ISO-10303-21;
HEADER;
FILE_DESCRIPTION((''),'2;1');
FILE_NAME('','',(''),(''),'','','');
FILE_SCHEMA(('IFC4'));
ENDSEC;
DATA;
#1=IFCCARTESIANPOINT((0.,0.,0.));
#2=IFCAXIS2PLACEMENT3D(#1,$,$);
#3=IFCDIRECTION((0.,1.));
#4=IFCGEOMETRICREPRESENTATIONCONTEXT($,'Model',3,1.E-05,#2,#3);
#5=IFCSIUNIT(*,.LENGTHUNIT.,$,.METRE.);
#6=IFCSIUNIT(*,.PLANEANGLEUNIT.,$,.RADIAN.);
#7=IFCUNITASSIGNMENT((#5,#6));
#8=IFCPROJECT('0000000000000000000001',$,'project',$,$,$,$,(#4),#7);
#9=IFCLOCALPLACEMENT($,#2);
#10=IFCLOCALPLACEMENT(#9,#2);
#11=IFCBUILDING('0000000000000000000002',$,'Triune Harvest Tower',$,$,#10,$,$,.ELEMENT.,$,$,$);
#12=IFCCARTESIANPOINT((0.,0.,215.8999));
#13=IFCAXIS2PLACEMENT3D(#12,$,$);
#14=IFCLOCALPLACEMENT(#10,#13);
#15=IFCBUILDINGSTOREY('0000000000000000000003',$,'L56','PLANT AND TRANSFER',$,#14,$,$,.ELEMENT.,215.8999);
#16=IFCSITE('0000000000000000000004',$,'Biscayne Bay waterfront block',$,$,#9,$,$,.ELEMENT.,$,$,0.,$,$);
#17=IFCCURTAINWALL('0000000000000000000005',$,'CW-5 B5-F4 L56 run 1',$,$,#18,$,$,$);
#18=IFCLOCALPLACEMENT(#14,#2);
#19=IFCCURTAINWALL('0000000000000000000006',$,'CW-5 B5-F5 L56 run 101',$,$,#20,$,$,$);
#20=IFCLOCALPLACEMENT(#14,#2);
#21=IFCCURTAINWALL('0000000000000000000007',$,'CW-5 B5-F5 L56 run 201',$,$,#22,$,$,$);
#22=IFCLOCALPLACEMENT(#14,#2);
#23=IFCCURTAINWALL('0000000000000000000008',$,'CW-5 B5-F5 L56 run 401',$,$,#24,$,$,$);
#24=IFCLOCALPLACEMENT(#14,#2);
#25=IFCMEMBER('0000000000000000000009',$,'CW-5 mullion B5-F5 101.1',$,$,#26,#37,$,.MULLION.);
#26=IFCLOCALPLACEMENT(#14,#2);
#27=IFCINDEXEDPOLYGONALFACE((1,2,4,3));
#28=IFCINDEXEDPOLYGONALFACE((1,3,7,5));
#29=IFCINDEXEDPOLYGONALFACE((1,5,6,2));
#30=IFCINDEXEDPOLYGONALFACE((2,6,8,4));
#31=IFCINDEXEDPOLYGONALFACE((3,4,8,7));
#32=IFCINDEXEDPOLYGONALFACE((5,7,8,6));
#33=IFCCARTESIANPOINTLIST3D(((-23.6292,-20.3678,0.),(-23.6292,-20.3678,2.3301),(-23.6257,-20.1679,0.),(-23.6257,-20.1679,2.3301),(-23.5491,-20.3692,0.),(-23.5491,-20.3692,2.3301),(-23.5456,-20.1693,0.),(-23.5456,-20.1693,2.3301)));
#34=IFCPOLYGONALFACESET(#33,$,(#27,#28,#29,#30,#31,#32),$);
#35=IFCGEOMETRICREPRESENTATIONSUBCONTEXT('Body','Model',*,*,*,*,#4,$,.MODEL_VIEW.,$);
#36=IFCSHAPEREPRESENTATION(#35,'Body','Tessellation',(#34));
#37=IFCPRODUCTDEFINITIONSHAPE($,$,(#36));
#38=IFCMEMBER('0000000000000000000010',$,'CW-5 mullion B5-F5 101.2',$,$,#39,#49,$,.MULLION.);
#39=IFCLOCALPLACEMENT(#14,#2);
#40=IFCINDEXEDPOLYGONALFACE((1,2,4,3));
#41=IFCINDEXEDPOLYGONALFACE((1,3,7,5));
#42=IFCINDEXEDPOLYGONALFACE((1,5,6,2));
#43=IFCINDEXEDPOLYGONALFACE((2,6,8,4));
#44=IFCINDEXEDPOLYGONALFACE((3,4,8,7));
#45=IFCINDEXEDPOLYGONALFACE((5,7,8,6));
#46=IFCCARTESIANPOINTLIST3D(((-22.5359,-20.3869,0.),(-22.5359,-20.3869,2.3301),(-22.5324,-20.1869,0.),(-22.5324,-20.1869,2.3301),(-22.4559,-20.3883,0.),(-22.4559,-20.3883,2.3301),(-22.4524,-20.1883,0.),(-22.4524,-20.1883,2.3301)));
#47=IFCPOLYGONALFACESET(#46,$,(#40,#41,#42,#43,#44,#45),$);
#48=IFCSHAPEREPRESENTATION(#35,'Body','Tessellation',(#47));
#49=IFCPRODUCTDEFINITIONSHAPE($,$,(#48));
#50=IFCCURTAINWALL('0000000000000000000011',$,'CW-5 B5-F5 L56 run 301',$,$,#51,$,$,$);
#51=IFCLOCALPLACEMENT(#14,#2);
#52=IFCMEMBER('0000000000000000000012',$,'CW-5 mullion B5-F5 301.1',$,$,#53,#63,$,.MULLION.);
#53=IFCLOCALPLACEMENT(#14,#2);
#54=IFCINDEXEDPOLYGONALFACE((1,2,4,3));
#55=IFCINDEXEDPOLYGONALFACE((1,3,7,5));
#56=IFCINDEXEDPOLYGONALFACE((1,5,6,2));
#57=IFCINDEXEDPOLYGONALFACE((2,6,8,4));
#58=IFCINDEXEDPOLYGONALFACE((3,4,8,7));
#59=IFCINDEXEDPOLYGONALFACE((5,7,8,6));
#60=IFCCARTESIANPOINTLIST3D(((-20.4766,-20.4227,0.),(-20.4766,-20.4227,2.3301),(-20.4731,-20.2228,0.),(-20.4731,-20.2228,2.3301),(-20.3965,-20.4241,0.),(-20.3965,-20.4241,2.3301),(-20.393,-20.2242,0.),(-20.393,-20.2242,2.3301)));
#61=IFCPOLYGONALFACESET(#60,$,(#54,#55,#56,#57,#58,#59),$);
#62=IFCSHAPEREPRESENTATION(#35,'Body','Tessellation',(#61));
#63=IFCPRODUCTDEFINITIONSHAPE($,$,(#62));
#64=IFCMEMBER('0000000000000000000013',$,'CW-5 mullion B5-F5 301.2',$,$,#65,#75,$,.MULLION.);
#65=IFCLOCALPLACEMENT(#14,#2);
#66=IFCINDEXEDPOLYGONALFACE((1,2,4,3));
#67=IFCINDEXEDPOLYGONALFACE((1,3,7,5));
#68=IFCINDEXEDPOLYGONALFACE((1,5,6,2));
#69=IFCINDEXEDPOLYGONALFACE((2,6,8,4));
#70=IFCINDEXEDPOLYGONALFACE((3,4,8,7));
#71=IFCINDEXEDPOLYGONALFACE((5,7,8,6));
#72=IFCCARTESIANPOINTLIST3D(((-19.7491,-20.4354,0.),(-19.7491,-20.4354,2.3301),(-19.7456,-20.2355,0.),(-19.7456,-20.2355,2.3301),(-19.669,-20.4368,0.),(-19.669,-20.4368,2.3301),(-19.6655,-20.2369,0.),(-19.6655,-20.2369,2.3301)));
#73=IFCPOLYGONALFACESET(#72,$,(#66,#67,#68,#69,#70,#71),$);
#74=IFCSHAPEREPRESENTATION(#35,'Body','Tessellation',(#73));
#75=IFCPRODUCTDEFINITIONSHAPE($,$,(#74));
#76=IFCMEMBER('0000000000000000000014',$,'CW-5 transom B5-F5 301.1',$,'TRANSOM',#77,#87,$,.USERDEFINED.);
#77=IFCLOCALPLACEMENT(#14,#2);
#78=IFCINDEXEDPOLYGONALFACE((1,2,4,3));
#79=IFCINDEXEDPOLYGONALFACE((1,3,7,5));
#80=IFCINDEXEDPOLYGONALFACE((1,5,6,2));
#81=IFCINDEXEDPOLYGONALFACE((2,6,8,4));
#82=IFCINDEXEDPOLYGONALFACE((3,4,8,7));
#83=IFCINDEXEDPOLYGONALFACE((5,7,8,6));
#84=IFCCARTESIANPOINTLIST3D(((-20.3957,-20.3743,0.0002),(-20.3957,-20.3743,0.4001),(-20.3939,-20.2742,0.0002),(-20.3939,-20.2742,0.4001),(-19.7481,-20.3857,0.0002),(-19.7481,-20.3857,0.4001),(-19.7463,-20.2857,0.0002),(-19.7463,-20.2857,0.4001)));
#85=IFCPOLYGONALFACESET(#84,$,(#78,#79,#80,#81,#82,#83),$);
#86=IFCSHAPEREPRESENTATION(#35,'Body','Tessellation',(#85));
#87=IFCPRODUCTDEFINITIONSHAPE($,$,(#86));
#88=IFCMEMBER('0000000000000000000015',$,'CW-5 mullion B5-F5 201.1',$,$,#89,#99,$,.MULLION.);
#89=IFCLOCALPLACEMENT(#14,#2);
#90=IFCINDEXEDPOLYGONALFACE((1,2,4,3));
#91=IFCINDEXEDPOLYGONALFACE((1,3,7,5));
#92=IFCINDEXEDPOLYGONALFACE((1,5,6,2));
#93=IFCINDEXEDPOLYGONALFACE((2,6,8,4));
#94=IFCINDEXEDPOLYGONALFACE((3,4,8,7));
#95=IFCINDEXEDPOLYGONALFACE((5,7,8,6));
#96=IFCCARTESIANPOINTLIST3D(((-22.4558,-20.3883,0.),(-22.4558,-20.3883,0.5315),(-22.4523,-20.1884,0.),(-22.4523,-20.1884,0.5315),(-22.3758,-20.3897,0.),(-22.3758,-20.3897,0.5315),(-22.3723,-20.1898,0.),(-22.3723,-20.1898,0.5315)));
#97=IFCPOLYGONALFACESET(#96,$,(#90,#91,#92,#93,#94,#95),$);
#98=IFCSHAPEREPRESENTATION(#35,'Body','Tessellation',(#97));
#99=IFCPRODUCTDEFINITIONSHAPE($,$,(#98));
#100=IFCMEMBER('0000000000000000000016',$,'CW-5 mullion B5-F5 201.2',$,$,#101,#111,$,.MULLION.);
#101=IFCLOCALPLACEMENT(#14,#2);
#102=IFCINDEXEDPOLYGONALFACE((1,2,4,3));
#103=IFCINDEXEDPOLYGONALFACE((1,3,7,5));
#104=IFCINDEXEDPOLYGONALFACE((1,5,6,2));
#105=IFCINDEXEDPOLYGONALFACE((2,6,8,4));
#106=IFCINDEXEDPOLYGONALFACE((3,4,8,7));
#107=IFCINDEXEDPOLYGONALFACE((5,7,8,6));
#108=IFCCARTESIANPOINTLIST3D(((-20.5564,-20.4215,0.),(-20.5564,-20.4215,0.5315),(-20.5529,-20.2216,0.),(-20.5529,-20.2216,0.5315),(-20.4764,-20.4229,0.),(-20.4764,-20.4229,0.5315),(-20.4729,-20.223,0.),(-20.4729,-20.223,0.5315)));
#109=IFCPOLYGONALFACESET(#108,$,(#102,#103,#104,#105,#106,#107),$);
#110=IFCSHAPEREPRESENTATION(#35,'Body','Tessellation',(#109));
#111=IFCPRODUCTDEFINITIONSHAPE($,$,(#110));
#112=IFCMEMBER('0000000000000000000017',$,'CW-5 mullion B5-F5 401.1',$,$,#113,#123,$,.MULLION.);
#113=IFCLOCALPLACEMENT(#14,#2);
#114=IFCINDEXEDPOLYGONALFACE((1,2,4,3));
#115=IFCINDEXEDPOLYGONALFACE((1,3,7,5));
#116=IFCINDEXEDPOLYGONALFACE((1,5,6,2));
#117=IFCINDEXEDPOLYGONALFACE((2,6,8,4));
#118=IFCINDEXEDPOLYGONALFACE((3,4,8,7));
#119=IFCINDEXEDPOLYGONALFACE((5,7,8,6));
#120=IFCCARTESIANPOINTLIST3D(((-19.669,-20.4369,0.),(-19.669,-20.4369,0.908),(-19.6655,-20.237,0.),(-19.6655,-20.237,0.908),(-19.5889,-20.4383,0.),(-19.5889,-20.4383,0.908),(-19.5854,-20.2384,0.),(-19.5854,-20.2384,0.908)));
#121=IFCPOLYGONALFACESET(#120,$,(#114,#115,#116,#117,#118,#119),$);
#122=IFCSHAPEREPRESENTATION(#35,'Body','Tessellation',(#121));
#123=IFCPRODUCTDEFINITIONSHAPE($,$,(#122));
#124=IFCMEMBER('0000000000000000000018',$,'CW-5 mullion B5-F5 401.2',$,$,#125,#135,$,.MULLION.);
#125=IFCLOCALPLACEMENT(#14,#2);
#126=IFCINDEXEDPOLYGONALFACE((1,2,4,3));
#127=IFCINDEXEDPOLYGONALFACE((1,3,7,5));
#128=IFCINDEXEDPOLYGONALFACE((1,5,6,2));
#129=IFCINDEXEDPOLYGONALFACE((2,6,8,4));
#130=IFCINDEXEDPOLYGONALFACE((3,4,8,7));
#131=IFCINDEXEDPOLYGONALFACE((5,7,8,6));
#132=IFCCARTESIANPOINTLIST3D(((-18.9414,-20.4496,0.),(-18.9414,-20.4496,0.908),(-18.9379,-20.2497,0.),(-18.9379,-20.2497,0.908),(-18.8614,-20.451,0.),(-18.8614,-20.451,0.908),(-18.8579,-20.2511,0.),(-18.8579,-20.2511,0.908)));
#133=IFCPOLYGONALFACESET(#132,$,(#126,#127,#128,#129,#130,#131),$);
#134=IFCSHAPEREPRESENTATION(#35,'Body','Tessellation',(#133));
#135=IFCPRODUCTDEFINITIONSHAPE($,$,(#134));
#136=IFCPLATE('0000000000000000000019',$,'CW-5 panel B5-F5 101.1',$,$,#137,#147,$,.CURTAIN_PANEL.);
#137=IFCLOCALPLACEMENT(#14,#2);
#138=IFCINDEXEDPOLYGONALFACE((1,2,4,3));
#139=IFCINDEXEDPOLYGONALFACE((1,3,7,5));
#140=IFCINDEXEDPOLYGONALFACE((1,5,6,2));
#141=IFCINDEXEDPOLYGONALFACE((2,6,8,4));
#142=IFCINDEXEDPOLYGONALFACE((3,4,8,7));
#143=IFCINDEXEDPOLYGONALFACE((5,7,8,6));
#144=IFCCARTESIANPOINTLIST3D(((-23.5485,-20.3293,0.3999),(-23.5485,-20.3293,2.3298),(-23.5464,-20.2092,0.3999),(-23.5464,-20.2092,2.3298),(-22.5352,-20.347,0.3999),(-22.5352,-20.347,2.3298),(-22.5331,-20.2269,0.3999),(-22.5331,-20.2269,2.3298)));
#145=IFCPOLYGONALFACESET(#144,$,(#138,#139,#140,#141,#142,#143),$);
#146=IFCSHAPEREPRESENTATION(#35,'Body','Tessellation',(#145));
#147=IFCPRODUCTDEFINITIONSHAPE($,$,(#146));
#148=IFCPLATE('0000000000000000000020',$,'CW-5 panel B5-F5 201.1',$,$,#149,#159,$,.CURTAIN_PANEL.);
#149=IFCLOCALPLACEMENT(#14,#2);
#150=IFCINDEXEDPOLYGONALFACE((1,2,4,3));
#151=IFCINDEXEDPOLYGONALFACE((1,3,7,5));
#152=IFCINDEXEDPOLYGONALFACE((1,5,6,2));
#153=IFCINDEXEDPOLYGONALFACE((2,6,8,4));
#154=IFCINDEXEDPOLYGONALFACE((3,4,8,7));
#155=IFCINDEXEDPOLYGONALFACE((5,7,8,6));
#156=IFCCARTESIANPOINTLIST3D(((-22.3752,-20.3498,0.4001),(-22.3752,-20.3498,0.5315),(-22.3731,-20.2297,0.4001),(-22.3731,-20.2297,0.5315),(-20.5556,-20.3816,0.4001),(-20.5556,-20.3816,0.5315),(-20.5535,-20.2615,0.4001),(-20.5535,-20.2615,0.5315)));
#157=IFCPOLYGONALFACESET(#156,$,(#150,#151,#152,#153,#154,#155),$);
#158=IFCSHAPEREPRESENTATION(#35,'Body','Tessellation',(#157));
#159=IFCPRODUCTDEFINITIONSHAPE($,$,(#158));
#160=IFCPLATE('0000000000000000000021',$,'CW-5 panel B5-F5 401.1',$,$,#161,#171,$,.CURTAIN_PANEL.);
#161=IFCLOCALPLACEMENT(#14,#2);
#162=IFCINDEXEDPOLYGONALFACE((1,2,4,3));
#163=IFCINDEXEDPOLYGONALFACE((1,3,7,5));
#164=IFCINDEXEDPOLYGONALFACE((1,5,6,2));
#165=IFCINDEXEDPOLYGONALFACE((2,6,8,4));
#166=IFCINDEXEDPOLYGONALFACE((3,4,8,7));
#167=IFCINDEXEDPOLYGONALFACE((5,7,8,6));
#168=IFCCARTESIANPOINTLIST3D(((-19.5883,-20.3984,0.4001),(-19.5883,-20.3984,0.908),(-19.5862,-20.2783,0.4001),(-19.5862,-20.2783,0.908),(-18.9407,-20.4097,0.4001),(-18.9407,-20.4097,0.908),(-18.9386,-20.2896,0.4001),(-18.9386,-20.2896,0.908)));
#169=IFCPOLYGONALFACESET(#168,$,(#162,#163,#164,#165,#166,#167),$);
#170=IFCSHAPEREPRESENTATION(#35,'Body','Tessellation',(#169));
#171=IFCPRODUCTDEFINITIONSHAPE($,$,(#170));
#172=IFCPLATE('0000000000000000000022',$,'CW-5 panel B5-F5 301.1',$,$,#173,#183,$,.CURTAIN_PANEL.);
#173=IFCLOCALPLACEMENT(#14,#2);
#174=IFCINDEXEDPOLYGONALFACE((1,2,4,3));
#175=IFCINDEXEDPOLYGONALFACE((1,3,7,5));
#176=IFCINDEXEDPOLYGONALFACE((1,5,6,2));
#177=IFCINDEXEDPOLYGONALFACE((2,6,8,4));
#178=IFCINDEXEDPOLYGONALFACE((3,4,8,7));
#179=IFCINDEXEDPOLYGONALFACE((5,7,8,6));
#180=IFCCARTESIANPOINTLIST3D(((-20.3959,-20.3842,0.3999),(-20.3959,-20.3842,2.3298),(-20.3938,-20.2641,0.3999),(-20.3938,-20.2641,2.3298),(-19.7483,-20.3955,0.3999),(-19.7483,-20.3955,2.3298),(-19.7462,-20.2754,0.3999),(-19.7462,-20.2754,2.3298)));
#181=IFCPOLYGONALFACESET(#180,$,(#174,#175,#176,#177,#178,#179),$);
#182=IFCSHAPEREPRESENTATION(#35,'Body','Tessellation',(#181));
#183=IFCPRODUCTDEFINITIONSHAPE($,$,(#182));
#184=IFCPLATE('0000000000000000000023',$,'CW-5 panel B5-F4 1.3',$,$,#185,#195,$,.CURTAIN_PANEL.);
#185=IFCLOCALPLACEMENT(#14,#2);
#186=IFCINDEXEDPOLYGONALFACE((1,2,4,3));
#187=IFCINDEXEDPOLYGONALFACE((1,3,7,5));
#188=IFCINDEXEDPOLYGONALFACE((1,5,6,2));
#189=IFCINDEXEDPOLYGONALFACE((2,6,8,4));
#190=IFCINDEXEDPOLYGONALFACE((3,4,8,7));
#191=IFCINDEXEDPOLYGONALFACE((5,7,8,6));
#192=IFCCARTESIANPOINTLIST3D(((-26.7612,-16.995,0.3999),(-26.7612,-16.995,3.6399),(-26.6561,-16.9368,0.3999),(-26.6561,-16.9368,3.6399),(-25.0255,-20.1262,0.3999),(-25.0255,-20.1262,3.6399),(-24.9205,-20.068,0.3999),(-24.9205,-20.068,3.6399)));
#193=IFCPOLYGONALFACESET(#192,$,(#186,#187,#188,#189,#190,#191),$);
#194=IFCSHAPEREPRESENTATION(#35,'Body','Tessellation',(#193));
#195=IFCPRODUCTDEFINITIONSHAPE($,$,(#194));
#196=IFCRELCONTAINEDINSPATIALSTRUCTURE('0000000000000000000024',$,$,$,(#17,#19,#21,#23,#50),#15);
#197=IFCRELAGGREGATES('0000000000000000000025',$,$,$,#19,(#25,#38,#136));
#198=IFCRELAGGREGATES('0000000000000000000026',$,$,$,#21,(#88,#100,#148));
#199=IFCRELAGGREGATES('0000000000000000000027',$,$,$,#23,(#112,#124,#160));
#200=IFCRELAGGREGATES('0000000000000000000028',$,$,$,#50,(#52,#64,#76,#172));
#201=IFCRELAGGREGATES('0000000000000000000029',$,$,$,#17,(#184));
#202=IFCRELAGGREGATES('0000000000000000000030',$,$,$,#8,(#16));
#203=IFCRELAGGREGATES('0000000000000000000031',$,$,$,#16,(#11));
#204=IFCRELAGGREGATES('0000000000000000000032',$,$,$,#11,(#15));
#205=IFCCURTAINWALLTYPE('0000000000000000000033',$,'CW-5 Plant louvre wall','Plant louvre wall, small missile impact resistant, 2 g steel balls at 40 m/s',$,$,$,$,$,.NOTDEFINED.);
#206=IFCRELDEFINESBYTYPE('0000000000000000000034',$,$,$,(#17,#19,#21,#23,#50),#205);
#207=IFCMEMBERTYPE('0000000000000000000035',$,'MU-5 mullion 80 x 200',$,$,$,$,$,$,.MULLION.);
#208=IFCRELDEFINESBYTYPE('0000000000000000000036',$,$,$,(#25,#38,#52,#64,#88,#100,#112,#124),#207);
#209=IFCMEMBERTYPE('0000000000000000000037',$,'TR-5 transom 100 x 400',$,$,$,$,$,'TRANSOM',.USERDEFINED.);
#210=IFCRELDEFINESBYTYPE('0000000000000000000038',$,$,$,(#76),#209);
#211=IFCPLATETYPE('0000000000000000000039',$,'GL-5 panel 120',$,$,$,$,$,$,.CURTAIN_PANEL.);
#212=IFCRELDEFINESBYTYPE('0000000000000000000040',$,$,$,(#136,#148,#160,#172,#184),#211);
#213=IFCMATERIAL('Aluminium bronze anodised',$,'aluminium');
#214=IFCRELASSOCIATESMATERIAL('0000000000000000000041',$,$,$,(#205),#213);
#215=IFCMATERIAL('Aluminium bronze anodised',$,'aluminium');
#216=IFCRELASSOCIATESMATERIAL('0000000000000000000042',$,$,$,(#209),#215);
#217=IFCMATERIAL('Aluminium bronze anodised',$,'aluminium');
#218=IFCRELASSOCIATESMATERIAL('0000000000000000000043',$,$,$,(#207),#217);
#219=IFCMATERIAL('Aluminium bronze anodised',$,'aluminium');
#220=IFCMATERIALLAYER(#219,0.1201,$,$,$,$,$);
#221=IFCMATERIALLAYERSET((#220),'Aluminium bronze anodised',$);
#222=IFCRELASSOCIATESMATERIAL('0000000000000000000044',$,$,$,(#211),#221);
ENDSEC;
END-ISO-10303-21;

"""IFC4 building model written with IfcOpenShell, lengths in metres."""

from ifc_helpers import new_model, si_unit, direction, frame, origin, origin_2d, place, context, subcontext, project, spatial, rectangle, extrude, source, transform, mapped, material, layer, layer_set, material_profile, profile_set, type_object, element, aggregate, save


model = new_model("IFC4")

# Units and contexts
model_context = context("Model", 3, precision=1e-05, world=origin(), true_north=direction((0.0, 1.0)))
body_context = subcontext(model_context, "Body", "Model", "MODEL_VIEW")
ifc_project = project(units=[si_unit("LENGTHUNIT", "METRE"), si_unit("PLANEANGLEUNIT", "RADIAN")], contexts=[model_context])

# Site, building, storey
site_placement = place(None, origin())
site = spatial("IfcSite", under=ifc_project, at=site_placement, Name="Biscayne Bay waterfront block", CompositionType="ELEMENT", RefElevation=0.0)
building_placement = place(site_placement, origin())
building = spatial("IfcBuilding", under=site, at=building_placement, Name="Triune Harvest Tower", CompositionType="ELEMENT")
storey_placement = place(building_placement, frame((0.0, 0.0, 215.8999)))
storey = spatial("IfcBuildingStorey", under=building, at=storey_placement, Name="L56", Description="PLANT AND TRANSFER", CompositionType="ELEMENT", Elevation=215.8999)

# Curtain walls
ifc_material_1 = material(Name="Aluminium bronze anodised", Category="aluminium")
curtain_wall_type = type_object("IfcCurtainWallType", Name="CW-5 Plant louvre wall", Description="Plant louvre wall, small missile impact resistant, 2 g steel balls at 40 m/s", PredefinedType="NOTDEFINED", material=ifc_material_1)
curtain_wall_1_placement = place(storey_placement, origin())
curtain_wall_1 = element("IfcCurtainWall", 1, at=curtain_wall_1_placement, inside=storey, type_object=curtain_wall_type, Name="CW-5 B5-F4 L56 run 1")
ifc_material_2 = material(Name="Aluminium bronze anodised", Category="aluminium")
ifc_material_profile_1 = material_profile(ifc_material_2, rectangle(XDim=0.1001, YDim=0.3999, at=origin_2d()), Name="TR-5 transom 100 x 400")
ifc_profile_set_1 = profile_set([ifc_material_profile_1], Name="Aluminium bronze anodised")
member_type_1 = type_object("IfcMemberType", Name="TR-5 transom 100 x 400", ElementType="TRANSOM", PredefinedType="USERDEFINED", material=ifc_profile_set_1)
curtain_wall_2_placement = place(storey_placement, origin())
curtain_wall_2 = element("IfcCurtainWall", 2, at=curtain_wall_2_placement, inside=storey, type_object=curtain_wall_type, Name="CW-5 B5-F5 L56 run 101")
curtain_wall_3_placement = place(storey_placement, origin())
curtain_wall_3 = element("IfcCurtainWall", 3, at=curtain_wall_3_placement, inside=storey, type_object=curtain_wall_type, Name="CW-5 B5-F5 L56 run 201")
curtain_wall_4_placement = place(storey_placement, origin())
curtain_wall_4 = element("IfcCurtainWall", 4, at=curtain_wall_4_placement, inside=storey, type_object=curtain_wall_type, Name="CW-5 B5-F5 L56 run 401")

# Members
ifc_material_3 = material(Name="Aluminium bronze anodised", Category="aluminium")
ifc_material_profile_2 = material_profile(ifc_material_3, rectangle(XDim=0.2, YDim=0.0801, at=origin_2d()), Name="MU-5 mullion 80 x 200")
ifc_profile_set_2 = profile_set([ifc_material_profile_2], Name="Aluminium bronze anodised")
member_type_2 = type_object("IfcMemberType", Name="MU-5 mullion 80 x 200", PredefinedType="MULLION", material=ifc_profile_set_2)
shared_shape_1 = source(origin(), body_context, "Body", "SweptSolid", [
    extrude(rectangle(XDim=0.2, YDim=0.0801, at=origin_2d()), origin(), (0.0, 0.0, 1.0), 2.3301),
])
member_1_placement = place(storey_placement, frame((-23.5874, -20.2686, 0.0), z_axis=(0.0, 0.0, 1.0), x_axis=(0.017471, 0.999847, 0.0)))
member_1 = element("IfcMember", 5, at=member_1_placement, type_object=member_type_2, Name="CW-5 mullion B5-F5 101.1", PredefinedType="MULLION", context=body_context, shape_type="MappedRepresentation", body=[
    mapped(shared_shape_1, transform((0.0, 0.0, 0.0), scale=1.0)),
])
member_2_placement = place(storey_placement, frame((-22.4941, -20.2876, 0.0), z_axis=(0.0, 0.0, 1.0), x_axis=(0.017471, 0.999847, 0.0)))
member_2 = element("IfcMember", 6, at=member_2_placement, type_object=member_type_2, Name="CW-5 mullion B5-F5 101.2", PredefinedType="MULLION", context=body_context, shape_type="MappedRepresentation", body=[
    mapped(shared_shape_1, transform((0.0, 0.0, 0.0), scale=1.0)),
])

# Curtain wall, members
curtain_wall_5_placement = place(storey_placement, origin())
curtain_wall_5 = element("IfcCurtainWall", 7, at=curtain_wall_5_placement, inside=storey, type_object=curtain_wall_type, Name="CW-5 B5-F5 L56 run 301")
member_3_placement = place(storey_placement, frame((-20.4348, -20.3235, 0.0), z_axis=(0.0, 0.0, 1.0), x_axis=(0.017459, 0.999848, 0.0)))
member_3 = element("IfcMember", 8, at=member_3_placement, type_object=member_type_2, Name="CW-5 mullion B5-F5 301.1", PredefinedType="MULLION", context=body_context, shape_type="MappedRepresentation", body=[
    mapped(shared_shape_1, transform((0.0, 0.0, 0.0), scale=1.0)),
])
member_4_placement = place(storey_placement, frame((-19.7073, -20.3362, 0.0), z_axis=(0.0, 0.0, 1.0), x_axis=(0.017459, 0.999848, 0.0)))
member_4 = element("IfcMember", 9, at=member_4_placement, type_object=member_type_2, Name="CW-5 mullion B5-F5 301.2", PredefinedType="MULLION", context=body_context, shape_type="MappedRepresentation", body=[
    mapped(shared_shape_1, transform((0.0, 0.0, 0.0), scale=1.0)),
])
shared_shape_2 = source(origin(), body_context, "Body", "SweptSolid", [
    extrude(rectangle(XDim=0.1001, YDim=0.3999, at=origin_2d()), origin(), (0.0, 0.0, 1.0), 0.6477),
])
member_5_placement = place(storey_placement, frame((-20.3948, -20.3242, 0.2002), z_axis=(0.999843, -0.017713, 0.0), x_axis=(0.017713, 0.999843, 0.0)))
member_5 = element("IfcMember", 10, at=member_5_placement, type_object=member_type_1, Name="CW-5 transom B5-F5 301.1", ObjectType="TRANSOM", PredefinedType="USERDEFINED", context=body_context, shape_type="MappedRepresentation", body=[
    mapped(shared_shape_2, transform((0.0, 0.0, 0.0), scale=1.0)),
])

# Members
shared_shape_3 = source(origin(), body_context, "Body", "SweptSolid", [
    extrude(rectangle(XDim=0.2, YDim=0.0801, at=origin_2d()), origin(), (0.0, 0.0, 1.0), 0.5315),
])
member_6_placement = place(storey_placement, frame((-22.4141, -20.2891, 0.0), z_axis=(0.0, 0.0, 1.0), x_axis=(0.017477, 0.999847, 0.0)))
member_6 = element("IfcMember", 11, at=member_6_placement, type_object=member_type_2, Name="CW-5 mullion B5-F5 201.1", PredefinedType="MULLION", context=body_context, shape_type="MappedRepresentation", body=[
    mapped(shared_shape_3, transform((0.0, 0.0, 0.0), scale=1.0)),
])
member_7_placement = place(storey_placement, frame((-20.5146, -20.3223, 0.0), z_axis=(0.0, 0.0, 1.0), x_axis=(0.017477, 0.999847, 0.0)))
member_7 = element("IfcMember", 12, at=member_7_placement, type_object=member_type_2, Name="CW-5 mullion B5-F5 201.2", PredefinedType="MULLION", context=body_context, shape_type="MappedRepresentation", body=[
    mapped(shared_shape_3, transform((0.0, 0.0, 0.0), scale=1.0)),
])
shared_shape_4 = source(origin(), body_context, "Body", "SweptSolid", [
    extrude(rectangle(XDim=0.2, YDim=0.0801, at=origin_2d()), origin(), (0.0, 0.0, 1.0), 0.908),
])
member_8_placement = place(storey_placement, frame((-19.6272, -20.3376, 0.0), z_axis=(0.0, 0.0, 1.0), x_axis=(0.017459, 0.999848, 0.0)))
member_8 = element("IfcMember", 13, at=member_8_placement, type_object=member_type_2, Name="CW-5 mullion B5-F5 401.1", PredefinedType="MULLION", context=body_context, shape_type="MappedRepresentation", body=[
    mapped(shared_shape_4, transform((0.0, 0.0, 0.0), scale=1.0)),
])
member_9_placement = place(storey_placement, frame((-18.8997, -20.3503, 0.0), z_axis=(0.0, 0.0, 1.0), x_axis=(0.017459, 0.999848, 0.0)))
member_9 = element("IfcMember", 14, at=member_9_placement, type_object=member_type_2, Name="CW-5 mullion B5-F5 401.2", PredefinedType="MULLION", context=body_context, shape_type="MappedRepresentation", body=[
    mapped(shared_shape_4, transform((0.0, 0.0, 0.0), scale=1.0)),
])

# Plates
ifc_material_4 = material(Name="Aluminium bronze anodised", Category="aluminium")
ifc_layer_1 = layer(ifc_material_4, 0.1201)
ifc_layer_set_1 = layer_set([ifc_layer_1], Name="Aluminium bronze anodised")
plate_type = type_object("IfcPlateType", Name="GL-5 panel 120", PredefinedType="CURTAIN_PANEL", material=ifc_layer_set_1)
plate_1_placement = place(storey_placement, frame((-23.0408, -20.2781, 0.3999), z_axis=(0.0, 0.0, 1.0), x_axis=(0.999847, -0.017471, 0.0)))
plate_1 = element("IfcPlate", 15, at=plate_1_placement, type_object=plate_type, Name="CW-5 panel B5-F5 101.1", PredefinedType="CURTAIN_PANEL", context=body_context, shape_type="SweptSolid", body=[
    extrude(rectangle(XDim=1.0134, YDim=0.1201, at=origin_2d()), origin(), (0.0, 0.0, 1.0), 1.9299),
])
aggregate(curtain_wall_2, [member_1, member_2, plate_1])
plate_2_placement = place(storey_placement, frame((-21.4644, -20.3057, 0.4001), z_axis=(0.0, 0.0, 1.0), x_axis=(0.999847, -0.017477, 0.0)))
plate_2 = element("IfcPlate", 16, at=plate_2_placement, type_object=plate_type, Name="CW-5 panel B5-F5 201.1", PredefinedType="CURTAIN_PANEL", context=body_context, shape_type="SweptSolid", body=[
    extrude(rectangle(XDim=1.8198, YDim=0.1201, at=origin_2d()), origin(), (0.0, 0.0, 1.0), 0.1313),
])
aggregate(curtain_wall_3, [member_6, member_7, plate_2])
plate_3_placement = place(storey_placement, frame((-19.2634, -20.344, 0.4001), z_axis=(0.0, 0.0, 1.0), x_axis=(0.999848, -0.017459, 0.0)))
plate_3 = element("IfcPlate", 17, at=plate_3_placement, type_object=plate_type, Name="CW-5 panel B5-F5 401.1", PredefinedType="CURTAIN_PANEL", context=body_context, shape_type="SweptSolid", body=[
    extrude(rectangle(XDim=0.6477, YDim=0.1201, at=origin_2d()), origin(), (0.0, 0.0, 1.0), 0.5078),
])
aggregate(curtain_wall_4, [member_8, member_9, plate_3])
shared_shape_5 = source(origin(), body_context, "Body", "SweptSolid", [
    extrude(rectangle(XDim=0.6477, YDim=0.1201, at=origin_2d()), origin(), (0.0, 0.0, 1.0), 1.9299),
])
plate_4_placement = place(storey_placement, frame((-20.071, -20.3298, 0.3999), z_axis=(0.0, 0.0, 1.0), x_axis=(0.999848, -0.017459, 0.0)))
plate_4 = element("IfcPlate", 18, at=plate_4_placement, type_object=plate_type, Name="CW-5 panel B5-F5 301.1", PredefinedType="CURTAIN_PANEL", context=body_context, shape_type="MappedRepresentation", body=[
    mapped(shared_shape_5, transform((0.0, 0.0, 0.0), scale=1.0)),
])
aggregate(curtain_wall_5, [member_3, member_4, member_5, plate_4])
shared_shape_6 = source(origin(), body_context, "Body", "SweptSolid", [
    extrude(rectangle(XDim=3.5801, YDim=0.1201, at=origin_2d()), origin(), (0.0, 0.0, 1.0), 3.24),
])
plate_5_placement = place(storey_placement, frame((-25.8408, -18.5315, 0.3999), z_axis=(0.0, 0.0, 1.0), x_axis=(0.484802, -0.874624, 0.0)))
plate_5 = element("IfcPlate", 19, at=plate_5_placement, type_object=plate_type, Name="CW-5 panel B5-F4 1.3", PredefinedType="CURTAIN_PANEL", context=body_context, shape_type="MappedRepresentation", body=[
    mapped(shared_shape_6, transform((0.0, 0.0, 0.0), scale=1.0)),
])
aggregate(curtain_wall_1, [plate_5])

save(model, "model.ifc")
